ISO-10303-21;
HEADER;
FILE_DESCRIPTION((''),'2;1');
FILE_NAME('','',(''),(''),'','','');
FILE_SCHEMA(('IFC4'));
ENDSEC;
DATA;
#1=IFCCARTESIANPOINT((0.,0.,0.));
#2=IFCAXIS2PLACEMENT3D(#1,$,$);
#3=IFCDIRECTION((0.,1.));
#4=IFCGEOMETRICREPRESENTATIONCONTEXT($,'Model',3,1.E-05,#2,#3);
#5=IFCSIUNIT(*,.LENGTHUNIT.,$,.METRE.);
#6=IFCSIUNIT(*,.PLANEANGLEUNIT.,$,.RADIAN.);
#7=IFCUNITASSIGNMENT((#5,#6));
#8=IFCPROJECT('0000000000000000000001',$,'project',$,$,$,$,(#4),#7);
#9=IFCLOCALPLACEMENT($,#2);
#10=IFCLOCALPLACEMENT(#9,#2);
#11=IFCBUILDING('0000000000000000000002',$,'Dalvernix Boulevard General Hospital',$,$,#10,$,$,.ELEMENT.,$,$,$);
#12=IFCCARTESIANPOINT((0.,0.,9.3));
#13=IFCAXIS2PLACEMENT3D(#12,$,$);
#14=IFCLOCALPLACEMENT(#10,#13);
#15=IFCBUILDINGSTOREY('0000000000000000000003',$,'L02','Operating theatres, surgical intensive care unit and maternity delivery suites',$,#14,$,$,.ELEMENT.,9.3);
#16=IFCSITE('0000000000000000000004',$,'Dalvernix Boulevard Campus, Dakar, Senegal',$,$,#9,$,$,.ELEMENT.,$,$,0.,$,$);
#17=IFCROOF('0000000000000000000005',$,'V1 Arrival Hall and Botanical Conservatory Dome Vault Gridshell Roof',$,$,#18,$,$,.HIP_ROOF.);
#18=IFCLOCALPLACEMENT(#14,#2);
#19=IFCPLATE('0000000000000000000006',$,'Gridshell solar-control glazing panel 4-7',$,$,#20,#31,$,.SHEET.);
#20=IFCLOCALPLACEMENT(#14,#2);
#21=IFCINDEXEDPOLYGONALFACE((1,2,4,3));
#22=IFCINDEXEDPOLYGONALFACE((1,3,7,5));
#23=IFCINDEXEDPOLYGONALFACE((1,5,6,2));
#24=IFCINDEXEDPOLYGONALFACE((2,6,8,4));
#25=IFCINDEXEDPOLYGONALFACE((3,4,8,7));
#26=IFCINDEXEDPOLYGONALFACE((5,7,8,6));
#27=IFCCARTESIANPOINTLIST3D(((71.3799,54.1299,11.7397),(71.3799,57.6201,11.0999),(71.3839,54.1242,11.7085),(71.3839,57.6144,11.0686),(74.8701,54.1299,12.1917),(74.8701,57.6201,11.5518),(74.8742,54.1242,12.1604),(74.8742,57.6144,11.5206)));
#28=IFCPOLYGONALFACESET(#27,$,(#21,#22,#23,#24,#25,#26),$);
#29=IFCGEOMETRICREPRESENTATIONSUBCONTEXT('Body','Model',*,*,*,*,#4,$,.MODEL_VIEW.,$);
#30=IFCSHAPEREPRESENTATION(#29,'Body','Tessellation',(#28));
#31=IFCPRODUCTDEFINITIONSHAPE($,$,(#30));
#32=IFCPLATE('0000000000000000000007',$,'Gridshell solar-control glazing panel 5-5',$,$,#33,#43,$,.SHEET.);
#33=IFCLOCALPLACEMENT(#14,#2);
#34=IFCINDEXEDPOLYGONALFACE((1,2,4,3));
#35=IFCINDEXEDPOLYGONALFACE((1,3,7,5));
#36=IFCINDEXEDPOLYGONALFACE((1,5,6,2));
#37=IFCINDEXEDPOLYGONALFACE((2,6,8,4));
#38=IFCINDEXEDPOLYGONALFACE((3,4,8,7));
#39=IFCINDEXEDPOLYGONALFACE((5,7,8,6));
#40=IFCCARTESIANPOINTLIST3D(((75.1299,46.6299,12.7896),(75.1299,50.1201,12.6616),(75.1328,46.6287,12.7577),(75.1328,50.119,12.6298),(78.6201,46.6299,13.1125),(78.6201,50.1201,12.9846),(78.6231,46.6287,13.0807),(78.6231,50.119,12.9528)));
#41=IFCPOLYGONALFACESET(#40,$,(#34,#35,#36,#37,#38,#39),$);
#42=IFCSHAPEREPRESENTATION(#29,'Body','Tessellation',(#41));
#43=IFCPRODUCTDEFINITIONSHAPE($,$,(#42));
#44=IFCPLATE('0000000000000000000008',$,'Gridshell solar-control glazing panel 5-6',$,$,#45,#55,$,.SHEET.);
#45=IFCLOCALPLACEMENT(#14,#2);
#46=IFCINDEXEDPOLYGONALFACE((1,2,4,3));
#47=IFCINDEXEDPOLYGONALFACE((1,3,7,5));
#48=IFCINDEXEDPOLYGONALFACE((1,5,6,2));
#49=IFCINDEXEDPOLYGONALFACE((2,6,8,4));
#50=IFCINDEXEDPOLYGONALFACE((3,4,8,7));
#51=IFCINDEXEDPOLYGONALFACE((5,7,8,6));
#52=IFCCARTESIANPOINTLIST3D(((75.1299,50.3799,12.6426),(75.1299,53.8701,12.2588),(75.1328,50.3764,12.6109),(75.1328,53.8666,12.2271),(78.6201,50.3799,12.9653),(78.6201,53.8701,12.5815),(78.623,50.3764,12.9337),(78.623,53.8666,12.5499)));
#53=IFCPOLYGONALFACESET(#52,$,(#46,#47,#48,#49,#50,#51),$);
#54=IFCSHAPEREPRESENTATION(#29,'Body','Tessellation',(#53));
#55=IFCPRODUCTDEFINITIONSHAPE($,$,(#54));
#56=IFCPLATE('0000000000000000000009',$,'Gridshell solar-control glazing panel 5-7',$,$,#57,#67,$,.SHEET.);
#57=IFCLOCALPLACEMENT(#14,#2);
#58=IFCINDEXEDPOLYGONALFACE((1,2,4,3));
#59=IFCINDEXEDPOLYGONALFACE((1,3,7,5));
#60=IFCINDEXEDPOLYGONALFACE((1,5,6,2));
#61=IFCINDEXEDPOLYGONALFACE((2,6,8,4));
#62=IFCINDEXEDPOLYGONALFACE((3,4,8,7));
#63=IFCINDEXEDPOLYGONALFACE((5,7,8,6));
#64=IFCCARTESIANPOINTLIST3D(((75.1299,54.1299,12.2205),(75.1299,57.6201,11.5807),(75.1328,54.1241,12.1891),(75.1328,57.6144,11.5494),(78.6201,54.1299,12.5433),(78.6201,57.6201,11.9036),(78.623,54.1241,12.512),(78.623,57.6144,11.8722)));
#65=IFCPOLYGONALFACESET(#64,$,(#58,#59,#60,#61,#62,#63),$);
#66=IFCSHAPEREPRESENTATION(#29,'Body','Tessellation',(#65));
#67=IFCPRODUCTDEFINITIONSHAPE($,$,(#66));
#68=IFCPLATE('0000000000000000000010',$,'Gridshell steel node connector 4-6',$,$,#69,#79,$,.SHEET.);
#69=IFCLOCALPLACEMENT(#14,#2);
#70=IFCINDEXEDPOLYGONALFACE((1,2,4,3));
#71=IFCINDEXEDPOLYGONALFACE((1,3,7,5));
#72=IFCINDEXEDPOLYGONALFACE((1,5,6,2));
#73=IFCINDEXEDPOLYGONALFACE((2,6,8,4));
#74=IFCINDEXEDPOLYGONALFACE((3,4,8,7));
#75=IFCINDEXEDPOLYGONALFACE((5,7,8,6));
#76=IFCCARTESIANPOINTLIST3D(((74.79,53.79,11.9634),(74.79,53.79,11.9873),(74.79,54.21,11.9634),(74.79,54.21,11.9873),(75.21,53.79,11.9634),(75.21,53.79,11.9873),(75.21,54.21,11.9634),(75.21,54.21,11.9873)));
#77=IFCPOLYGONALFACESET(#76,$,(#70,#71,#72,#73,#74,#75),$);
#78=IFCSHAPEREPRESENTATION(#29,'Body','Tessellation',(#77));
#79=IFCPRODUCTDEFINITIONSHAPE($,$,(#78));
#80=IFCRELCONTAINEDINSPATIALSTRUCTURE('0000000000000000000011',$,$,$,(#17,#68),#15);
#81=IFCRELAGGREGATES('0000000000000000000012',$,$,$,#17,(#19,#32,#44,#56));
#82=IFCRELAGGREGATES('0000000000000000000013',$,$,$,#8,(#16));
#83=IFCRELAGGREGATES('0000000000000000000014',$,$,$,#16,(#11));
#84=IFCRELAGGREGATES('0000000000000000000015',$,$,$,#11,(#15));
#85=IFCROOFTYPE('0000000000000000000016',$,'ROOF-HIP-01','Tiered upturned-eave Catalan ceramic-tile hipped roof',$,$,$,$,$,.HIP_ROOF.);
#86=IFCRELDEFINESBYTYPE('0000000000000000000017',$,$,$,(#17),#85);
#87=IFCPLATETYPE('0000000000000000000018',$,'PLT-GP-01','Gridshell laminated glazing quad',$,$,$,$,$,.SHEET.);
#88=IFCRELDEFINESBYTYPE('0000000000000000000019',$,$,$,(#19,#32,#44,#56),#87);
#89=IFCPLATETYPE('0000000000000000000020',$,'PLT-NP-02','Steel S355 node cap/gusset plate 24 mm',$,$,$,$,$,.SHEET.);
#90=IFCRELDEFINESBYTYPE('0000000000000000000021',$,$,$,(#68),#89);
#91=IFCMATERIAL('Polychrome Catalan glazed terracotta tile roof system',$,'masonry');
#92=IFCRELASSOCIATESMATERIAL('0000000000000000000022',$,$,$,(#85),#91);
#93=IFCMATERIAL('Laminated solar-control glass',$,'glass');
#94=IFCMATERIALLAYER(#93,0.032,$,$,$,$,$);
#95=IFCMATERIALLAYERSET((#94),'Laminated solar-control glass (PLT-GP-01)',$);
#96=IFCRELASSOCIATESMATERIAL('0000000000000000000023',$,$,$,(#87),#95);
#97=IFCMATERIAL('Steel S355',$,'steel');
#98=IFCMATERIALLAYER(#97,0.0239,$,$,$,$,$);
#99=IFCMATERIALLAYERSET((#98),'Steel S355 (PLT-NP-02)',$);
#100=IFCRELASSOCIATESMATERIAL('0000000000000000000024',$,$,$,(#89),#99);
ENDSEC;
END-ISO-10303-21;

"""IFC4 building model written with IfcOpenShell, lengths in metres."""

from ifc_helpers import new_model, si_unit, direction, frame, origin, origin_2d, place, context, subcontext, project, spatial, polyline, rectangle, outline, extrude, material, layer, layer_set, type_object, element, aggregate, save


model = new_model("IFC4")

# Units and contexts
model_context = context("Model", 3, precision=1e-05, world=origin(), true_north=direction((0.0, 1.0)))
body_context = subcontext(model_context, "Body", "Model", "MODEL_VIEW")
ifc_project = project(units=[si_unit("LENGTHUNIT", "METRE"), si_unit("PLANEANGLEUNIT", "RADIAN")], contexts=[model_context])

# Site, building, storey
site_placement = place(None, origin())
site = spatial("IfcSite", under=ifc_project, at=site_placement, Name="Dalvernix Boulevard Campus, Dakar, Senegal", CompositionType="ELEMENT", RefElevation=0.0)
building_placement = place(site_placement, origin())
building = spatial("IfcBuilding", under=site, at=building_placement, Name="Dalvernix Boulevard General Hospital", CompositionType="ELEMENT")
storey_placement = place(building_placement, frame((0.0, 0.0, 9.3)))
storey = spatial("IfcBuildingStorey", under=building, at=storey_placement, Name="L02", Description="Operating theatres, surgical intensive care unit and maternity delivery suites", CompositionType="ELEMENT", Elevation=9.3)

# Shared definitions
ifc_material_1 = material(Name="Steel S355", Category="steel")

# Roof, plates
ifc_material_2 = material(Name="Polychrome Catalan glazed terracotta tile roof system", Category="masonry")
roof_type = type_object("IfcRoofType", Name="ROOF-HIP-01", Description="Tiered upturned-eave Catalan ceramic-tile hipped roof", PredefinedType="HIP_ROOF", material=ifc_material_2)
roof_placement = place(storey_placement, origin())
roof = element("IfcRoof", 1, at=roof_placement, inside=storey, type_object=roof_type, Name="V1 Arrival Hall and Botanical Conservatory Dome Vault Gridshell Roof", PredefinedType="HIP_ROOF")
ifc_material_3 = material(Name="Laminated solar-control glass", Category="glass")
ifc_layer_1 = layer(ifc_material_3, 0.032)
ifc_layer_set_1 = layer_set([ifc_layer_1], Name="Laminated solar-control glass (PLT-GP-01)")
plate_type_1 = type_object("IfcPlateType", Name="PLT-GP-01", Description="Gridshell laminated glazing quad", PredefinedType="SHEET", material=ifc_layer_set_1)
plate_1_placement = place(storey_placement, frame((71.3799, 54.1299, 11.7397), z_axis=(-0.126334, 0.178887, 0.975725), x_axis=(0.991722, 0.0, 0.128405)))
plate_1 = element("IfcPlate", 2, at=plate_1_placement, type_object=plate_type_1, Name="Gridshell solar-control glazing panel 4-7", PredefinedType="SHEET", context=body_context, shape_type="SweptSolid", body=[
    extrude(outline(polyline([(0.0, 0.0), (3.5194, 0.0), (3.4372, 3.5475), (-0.0822, 3.5475), (0.0, 0.0)])), origin(), (0.0, 0.0, -1.0), 0.032),
])
plate_2_placement = place(storey_placement, frame((75.1299, 46.6299, 12.7896), z_axis=(-0.092088, 0.036473, 0.995083), x_axis=(0.995745, 0.0, 0.09215)))
plate_2 = element("IfcPlate", 3, at=plate_2_placement, type_object=plate_type_1, Name="Gridshell solar-control glazing panel 5-5", PredefinedType="SHEET", context=body_context, shape_type="SweptSolid", body=[
    extrude(outline(polyline([(0.0, 0.0), (3.5051, 0.0), (3.4934, 3.4926), (-0.0118, 3.4926), (0.0, 0.0)])), origin(), (0.0, 0.0, -1.0), 0.032),
])
plate_3_placement = place(storey_placement, frame((75.1299, 50.3799, 12.6426), z_axis=(-0.091533, 0.108843, 0.989836), x_axis=(0.995752, 0.0, 0.092081)))
plate_3 = element("IfcPlate", 4, at=plate_3_placement, type_object=plate_type_1, Name="Gridshell solar-control glazing panel 5-6", PredefinedType="SHEET", context=body_context, shape_type="SweptSolid", body=[
    extrude(outline(polyline([(0.0, 0.0), (3.5051, 0.0), (3.4698, 3.5111), (-0.0353, 3.5111), (0.0, 0.0)])), origin(), (0.0, 0.0, -1.0), 0.032),
])
plate_4_placement = place(storey_placement, frame((75.1299, 54.1299, 12.2205), z_axis=(-0.090618, 0.179557, 0.979565), x_axis=(0.995748, -0.000006, 0.092116)))
plate_4 = element("IfcPlate", 5, at=plate_4_placement, type_object=plate_type_1, Name="Gridshell solar-control glazing panel 5-7", PredefinedType="SHEET", context=body_context, shape_type="SweptSolid", body=[
    extrude(outline(polyline([(0.0, 0.0), (3.5051, 0.0), (3.4462, 3.5479), (-0.0589, 3.5479), (0.0, 0.0)])), origin(), (0.0, 0.0, -1.0), 0.032),
])
aggregate(roof, [plate_1, plate_2, plate_3, plate_4])

# Plate
ifc_layer_2 = layer(ifc_material_1, 0.0239)
ifc_layer_set_2 = layer_set([ifc_layer_2], Name="Steel S355 (PLT-NP-02)")
plate_type_2 = type_object("IfcPlateType", Name="PLT-NP-02", Description="Steel S355 node cap/gusset plate 24 mm", PredefinedType="SHEET", material=ifc_layer_set_2)
plate_5_placement = place(storey_placement, frame((75.0, 54.0, 11.9634), z_axis=(0.0, 0.0, 1.0), x_axis=(1.0, 0.0, 0.0)))
element("IfcPlate", 6, at=plate_5_placement, inside=storey, type_object=plate_type_2, Name="Gridshell steel node connector 4-6", PredefinedType="SHEET", context=body_context, shape_type="SweptSolid", body=[
    extrude(rectangle(XDim=0.4199, YDim=0.4199, at=origin_2d()), origin(), (0.0, 0.0, 1.0), 0.0239),
])

save(model, "model.ifc")
